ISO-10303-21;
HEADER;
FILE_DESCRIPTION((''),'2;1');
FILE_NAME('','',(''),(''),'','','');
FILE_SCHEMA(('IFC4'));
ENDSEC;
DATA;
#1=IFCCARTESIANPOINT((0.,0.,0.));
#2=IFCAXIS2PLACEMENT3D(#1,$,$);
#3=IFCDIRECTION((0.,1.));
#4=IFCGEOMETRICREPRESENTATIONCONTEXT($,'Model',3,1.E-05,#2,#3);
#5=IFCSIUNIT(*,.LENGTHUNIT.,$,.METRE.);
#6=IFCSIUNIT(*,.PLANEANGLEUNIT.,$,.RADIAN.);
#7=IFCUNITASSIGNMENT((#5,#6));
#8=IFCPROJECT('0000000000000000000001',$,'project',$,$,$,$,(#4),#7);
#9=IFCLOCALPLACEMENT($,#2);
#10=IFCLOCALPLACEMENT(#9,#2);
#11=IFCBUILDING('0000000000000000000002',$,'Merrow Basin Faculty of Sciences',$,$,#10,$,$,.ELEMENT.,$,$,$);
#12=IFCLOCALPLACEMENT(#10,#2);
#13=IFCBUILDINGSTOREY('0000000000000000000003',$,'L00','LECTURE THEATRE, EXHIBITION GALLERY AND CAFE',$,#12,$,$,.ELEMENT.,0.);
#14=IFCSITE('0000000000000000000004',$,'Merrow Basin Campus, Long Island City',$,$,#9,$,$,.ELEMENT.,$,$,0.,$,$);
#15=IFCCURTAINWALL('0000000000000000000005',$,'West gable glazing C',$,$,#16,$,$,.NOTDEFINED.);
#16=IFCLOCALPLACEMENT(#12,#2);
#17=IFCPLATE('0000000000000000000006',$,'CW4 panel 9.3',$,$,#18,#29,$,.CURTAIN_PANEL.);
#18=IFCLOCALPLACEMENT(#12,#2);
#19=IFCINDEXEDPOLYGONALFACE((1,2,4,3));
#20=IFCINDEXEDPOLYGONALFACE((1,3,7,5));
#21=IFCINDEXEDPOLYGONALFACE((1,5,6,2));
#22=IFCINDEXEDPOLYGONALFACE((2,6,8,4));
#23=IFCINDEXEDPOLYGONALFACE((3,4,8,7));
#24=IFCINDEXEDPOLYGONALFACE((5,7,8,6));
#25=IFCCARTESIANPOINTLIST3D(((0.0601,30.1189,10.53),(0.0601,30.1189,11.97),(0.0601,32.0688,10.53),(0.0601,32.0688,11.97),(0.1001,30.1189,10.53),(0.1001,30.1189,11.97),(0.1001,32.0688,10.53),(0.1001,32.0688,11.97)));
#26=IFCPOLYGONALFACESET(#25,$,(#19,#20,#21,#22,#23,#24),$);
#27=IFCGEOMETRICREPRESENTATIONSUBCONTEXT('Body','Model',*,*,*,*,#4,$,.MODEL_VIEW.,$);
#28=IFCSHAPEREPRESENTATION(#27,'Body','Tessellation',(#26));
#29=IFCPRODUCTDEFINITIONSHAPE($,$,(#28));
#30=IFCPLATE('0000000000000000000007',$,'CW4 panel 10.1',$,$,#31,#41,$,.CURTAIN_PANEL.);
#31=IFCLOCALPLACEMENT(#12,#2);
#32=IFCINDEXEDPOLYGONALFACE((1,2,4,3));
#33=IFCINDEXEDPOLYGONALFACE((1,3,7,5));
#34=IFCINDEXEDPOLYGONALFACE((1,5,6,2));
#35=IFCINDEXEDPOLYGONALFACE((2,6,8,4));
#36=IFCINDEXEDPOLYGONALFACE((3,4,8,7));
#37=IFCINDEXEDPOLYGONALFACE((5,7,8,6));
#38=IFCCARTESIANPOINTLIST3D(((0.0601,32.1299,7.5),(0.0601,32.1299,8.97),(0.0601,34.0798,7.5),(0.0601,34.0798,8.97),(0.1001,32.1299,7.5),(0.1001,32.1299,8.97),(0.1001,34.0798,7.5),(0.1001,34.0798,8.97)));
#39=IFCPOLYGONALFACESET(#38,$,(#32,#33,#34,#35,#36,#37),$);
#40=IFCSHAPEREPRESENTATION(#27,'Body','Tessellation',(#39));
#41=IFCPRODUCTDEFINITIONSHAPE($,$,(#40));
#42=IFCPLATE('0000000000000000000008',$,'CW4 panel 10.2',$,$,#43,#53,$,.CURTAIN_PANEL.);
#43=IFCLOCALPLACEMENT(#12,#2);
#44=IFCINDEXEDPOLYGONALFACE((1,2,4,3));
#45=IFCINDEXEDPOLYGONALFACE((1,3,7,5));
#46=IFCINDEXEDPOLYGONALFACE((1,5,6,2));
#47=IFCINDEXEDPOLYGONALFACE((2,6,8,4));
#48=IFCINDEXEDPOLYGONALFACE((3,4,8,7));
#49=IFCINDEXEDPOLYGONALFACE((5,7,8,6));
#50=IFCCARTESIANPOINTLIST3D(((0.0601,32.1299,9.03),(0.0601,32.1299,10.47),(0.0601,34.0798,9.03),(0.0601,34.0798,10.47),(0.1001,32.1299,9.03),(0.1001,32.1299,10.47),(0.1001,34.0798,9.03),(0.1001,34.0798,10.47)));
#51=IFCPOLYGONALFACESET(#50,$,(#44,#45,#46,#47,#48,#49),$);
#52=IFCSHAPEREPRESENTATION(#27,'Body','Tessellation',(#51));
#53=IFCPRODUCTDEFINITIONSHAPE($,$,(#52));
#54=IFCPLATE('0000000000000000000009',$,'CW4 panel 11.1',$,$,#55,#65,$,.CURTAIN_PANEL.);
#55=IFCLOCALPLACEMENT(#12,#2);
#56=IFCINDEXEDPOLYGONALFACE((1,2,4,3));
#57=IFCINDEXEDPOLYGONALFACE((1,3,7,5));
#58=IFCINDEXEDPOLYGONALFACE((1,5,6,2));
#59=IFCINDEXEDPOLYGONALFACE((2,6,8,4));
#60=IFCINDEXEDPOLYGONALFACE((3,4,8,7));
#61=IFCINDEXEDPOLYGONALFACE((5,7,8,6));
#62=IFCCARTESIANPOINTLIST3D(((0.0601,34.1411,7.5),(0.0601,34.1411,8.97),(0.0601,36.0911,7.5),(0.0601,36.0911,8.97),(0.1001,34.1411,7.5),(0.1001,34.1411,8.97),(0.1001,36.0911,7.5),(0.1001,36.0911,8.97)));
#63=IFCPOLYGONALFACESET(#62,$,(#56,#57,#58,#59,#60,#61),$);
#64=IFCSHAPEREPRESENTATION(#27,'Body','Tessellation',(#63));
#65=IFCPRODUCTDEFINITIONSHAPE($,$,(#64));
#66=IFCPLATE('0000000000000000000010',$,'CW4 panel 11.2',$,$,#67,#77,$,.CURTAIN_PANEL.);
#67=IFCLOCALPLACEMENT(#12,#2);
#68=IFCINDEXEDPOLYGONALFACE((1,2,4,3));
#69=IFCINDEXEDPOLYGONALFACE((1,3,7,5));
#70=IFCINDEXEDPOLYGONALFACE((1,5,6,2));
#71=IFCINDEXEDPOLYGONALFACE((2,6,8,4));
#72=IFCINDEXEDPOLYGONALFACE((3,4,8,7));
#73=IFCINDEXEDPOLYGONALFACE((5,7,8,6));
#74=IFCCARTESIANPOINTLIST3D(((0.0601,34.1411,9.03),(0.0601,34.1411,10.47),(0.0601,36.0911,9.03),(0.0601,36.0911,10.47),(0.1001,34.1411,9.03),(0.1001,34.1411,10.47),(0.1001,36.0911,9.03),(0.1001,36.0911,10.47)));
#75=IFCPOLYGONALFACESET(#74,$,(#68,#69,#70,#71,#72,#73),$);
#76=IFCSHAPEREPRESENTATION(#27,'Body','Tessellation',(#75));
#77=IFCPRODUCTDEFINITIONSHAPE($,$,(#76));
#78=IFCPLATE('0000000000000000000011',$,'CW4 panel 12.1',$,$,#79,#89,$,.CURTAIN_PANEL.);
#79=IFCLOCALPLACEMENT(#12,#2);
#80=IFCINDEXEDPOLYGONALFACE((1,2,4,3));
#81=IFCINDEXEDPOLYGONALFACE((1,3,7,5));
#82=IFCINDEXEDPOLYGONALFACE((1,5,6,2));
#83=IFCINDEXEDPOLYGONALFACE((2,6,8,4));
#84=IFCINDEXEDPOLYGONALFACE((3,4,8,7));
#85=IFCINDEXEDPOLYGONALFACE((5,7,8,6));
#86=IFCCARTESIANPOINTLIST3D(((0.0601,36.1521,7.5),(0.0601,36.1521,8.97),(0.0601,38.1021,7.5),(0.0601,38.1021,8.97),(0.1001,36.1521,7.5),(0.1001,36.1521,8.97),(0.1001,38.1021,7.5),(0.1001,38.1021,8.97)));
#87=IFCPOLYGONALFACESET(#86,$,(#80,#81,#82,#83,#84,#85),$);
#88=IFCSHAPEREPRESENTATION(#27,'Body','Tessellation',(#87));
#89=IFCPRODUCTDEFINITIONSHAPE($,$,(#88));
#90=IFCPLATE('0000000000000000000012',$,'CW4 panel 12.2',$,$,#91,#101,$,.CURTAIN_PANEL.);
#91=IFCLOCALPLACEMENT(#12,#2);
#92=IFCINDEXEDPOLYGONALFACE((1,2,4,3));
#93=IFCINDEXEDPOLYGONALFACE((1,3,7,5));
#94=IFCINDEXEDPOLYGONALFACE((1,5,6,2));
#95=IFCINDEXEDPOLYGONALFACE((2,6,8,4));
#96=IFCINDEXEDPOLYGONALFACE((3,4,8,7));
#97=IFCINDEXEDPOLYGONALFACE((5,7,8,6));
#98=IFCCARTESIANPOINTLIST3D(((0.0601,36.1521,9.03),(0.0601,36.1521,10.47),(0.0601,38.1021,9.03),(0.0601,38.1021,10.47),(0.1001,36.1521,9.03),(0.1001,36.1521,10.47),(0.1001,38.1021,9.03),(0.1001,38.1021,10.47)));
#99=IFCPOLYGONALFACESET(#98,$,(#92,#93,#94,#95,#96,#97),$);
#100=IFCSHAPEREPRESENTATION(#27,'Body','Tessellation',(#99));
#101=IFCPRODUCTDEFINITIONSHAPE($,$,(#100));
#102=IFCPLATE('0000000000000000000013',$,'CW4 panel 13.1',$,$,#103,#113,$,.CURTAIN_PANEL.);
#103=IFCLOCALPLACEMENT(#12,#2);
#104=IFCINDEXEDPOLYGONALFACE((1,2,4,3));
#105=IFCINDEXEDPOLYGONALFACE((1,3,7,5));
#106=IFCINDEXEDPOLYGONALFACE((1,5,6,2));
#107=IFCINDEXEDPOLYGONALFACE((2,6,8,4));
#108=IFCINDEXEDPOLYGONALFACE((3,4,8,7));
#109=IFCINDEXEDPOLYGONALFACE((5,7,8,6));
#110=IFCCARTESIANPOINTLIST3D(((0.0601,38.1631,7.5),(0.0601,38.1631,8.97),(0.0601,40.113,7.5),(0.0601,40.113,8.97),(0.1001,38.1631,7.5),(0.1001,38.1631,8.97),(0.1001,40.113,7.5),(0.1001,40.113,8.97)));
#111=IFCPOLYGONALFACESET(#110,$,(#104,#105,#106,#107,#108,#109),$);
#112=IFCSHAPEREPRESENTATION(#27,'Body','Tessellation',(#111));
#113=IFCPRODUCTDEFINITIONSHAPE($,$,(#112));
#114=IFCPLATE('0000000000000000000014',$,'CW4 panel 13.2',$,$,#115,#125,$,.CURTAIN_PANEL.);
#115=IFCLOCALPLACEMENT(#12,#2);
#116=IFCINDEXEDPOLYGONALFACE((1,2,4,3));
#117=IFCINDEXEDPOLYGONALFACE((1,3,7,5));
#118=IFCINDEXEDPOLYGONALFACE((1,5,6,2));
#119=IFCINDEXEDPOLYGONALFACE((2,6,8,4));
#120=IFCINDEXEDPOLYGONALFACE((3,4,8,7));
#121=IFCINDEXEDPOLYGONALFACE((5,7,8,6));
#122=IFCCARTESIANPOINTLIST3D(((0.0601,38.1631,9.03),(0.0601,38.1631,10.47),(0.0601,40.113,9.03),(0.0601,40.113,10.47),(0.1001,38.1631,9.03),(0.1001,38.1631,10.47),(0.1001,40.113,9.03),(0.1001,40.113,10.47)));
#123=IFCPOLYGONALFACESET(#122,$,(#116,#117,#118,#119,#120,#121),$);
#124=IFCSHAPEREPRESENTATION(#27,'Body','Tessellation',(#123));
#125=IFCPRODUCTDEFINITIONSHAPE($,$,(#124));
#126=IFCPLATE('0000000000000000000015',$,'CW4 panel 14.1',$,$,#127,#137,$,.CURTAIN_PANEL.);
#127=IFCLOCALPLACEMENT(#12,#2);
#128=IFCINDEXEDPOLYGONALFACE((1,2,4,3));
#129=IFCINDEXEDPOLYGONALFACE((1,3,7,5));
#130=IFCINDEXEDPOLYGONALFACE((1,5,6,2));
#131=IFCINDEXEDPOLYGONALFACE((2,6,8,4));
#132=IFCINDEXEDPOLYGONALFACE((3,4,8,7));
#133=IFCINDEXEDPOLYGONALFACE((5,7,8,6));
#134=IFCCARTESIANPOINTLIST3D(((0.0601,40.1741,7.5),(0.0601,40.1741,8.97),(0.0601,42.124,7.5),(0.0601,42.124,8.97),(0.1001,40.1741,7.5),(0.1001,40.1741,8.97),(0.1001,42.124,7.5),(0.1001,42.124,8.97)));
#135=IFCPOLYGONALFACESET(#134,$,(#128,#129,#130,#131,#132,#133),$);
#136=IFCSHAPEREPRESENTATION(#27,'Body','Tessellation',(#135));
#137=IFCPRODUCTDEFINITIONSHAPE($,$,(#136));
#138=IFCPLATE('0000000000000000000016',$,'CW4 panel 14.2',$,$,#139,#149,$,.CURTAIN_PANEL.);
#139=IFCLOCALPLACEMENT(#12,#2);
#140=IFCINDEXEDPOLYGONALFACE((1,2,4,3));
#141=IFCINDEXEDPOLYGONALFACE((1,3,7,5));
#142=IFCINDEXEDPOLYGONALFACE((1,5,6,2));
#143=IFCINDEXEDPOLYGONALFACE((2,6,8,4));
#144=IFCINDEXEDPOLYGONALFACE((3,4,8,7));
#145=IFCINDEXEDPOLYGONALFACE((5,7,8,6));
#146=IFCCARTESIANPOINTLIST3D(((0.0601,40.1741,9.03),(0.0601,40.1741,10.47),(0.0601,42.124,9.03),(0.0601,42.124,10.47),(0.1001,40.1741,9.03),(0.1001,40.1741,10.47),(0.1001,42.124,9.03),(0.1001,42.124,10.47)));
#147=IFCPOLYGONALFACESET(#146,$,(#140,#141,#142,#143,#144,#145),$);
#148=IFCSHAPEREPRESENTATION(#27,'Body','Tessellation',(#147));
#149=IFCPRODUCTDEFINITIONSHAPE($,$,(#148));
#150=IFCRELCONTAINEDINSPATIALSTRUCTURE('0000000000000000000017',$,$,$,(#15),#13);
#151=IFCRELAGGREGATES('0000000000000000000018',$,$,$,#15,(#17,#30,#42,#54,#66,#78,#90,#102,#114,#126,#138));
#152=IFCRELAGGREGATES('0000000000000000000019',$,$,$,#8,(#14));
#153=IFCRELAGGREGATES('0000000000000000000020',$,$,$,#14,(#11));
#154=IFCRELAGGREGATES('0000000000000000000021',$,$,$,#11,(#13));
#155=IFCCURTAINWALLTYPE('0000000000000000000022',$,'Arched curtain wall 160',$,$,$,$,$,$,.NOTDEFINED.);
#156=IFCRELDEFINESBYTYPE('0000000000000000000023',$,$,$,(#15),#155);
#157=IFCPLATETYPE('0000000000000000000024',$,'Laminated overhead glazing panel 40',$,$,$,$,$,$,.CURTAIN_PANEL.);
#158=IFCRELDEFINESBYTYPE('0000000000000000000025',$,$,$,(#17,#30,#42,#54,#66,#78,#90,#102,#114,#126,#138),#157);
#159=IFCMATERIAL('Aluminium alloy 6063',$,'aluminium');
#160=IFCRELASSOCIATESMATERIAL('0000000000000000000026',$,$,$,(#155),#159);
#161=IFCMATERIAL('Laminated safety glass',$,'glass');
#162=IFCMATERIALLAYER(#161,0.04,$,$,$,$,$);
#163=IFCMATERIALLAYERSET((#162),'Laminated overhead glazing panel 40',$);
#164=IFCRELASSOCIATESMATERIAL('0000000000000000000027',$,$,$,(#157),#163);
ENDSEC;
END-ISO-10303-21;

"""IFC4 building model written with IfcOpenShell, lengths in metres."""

from ifc_helpers import new_model, si_unit, direction, frame, origin, place, context, subcontext, project, spatial, polyline, outline, extrude, material, layer, layer_set, type_object, element, aggregate, save


model = new_model("IFC4")

# Units and contexts
model_context = context("Model", 3, precision=1e-05, world=origin(), true_north=direction((0.0, 1.0)))
body_context = subcontext(model_context, "Body", "Model", "MODEL_VIEW")
ifc_project = project(units=[si_unit("LENGTHUNIT", "METRE"), si_unit("PLANEANGLEUNIT", "RADIAN")], contexts=[model_context])

# Site, building, storey
site_placement = place(None, origin())
site = spatial("IfcSite", under=ifc_project, at=site_placement, Name="Merrow Basin Campus, Long Island City", CompositionType="ELEMENT", RefElevation=0.0)
building_placement = place(site_placement, origin())
building = spatial("IfcBuilding", under=site, at=building_placement, Name="Merrow Basin Faculty of Sciences", CompositionType="ELEMENT")
storey_placement = place(building_placement, origin())
storey = spatial("IfcBuildingStorey", under=building, at=storey_placement, Name="L00", Description="LECTURE THEATRE, EXHIBITION GALLERY AND CAFE", CompositionType="ELEMENT", Elevation=0.0)

# Curtain wall, plates
ifc_material_1 = material(Name="Aluminium alloy 6063", Category="aluminium")
curtain_wall_type = type_object("IfcCurtainWallType", Name="Arched curtain wall 160", PredefinedType="NOTDEFINED", material=ifc_material_1)
curtain_wall_placement = place(storey_placement, origin())
curtain_wall = element("IfcCurtainWall", 1, at=curtain_wall_placement, inside=storey, type_object=curtain_wall_type, Name="West gable glazing C", PredefinedType="NOTDEFINED")
ifc_material_2 = material(Name="Laminated safety glass", Category="glass")
ifc_layer = layer(ifc_material_2, 0.04)
ifc_layer_set = layer_set([ifc_layer], Name="Laminated overhead glazing panel 40")
plate_type = type_object("IfcPlateType", Name="Laminated overhead glazing panel 40", PredefinedType="CURTAIN_PANEL", material=ifc_layer_set)
plate_1_placement = place(storey_placement, frame((0.0601, 30.1189, 10.53), z_axis=(1.0, 0.0, 0.0), x_axis=(0.0, 1.0, 0.0)))
plate_1 = element("IfcPlate", 2, at=plate_1_placement, type_object=plate_type, Name="CW4 panel 9.3", PredefinedType="CURTAIN_PANEL", context=body_context, shape_type="SweptSolid", body=[
    extrude(outline(polyline([(0.0, 0.0), (1.95, 0.0), (1.95, 1.4399), (0.0, 1.4399), (0.0, 0.0)])), origin(), (0.0, 0.0, 1.0), 0.04),
])
plate_2_placement = place(storey_placement, frame((0.0601, 32.1299, 7.5), z_axis=(1.0, 0.0, 0.0), x_axis=(0.0, 1.0, 0.0)))
plate_2 = element("IfcPlate", 3, at=plate_2_placement, type_object=plate_type, Name="CW4 panel 10.1", PredefinedType="CURTAIN_PANEL", context=body_context, shape_type="SweptSolid", body=[
    extrude(outline(polyline([(0.0, 0.0), (1.95, 0.0), (1.95, 1.47), (0.0, 1.47), (0.0, 0.0)])), origin(), (0.0, 0.0, 1.0), 0.04),
])
plate_3_placement = place(storey_placement, frame((0.0601, 32.1299, 9.03), z_axis=(1.0, 0.0, 0.0), x_axis=(0.0, 1.0, 0.0)))
plate_3 = element("IfcPlate", 4, at=plate_3_placement, type_object=plate_type, Name="CW4 panel 10.2", PredefinedType="CURTAIN_PANEL", context=body_context, shape_type="SweptSolid", body=[
    extrude(outline(polyline([(0.0, 0.0), (1.95, 0.0), (1.95, 1.4399), (0.0, 1.4399), (0.0, 0.0)])), origin(), (0.0, 0.0, 1.0), 0.04),
])
plate_4_placement = place(storey_placement, frame((0.0601, 34.1411, 7.5), z_axis=(1.0, 0.0, 0.0), x_axis=(0.0, 1.0, 0.0)))
plate_4 = element("IfcPlate", 5, at=plate_4_placement, type_object=plate_type, Name="CW4 panel 11.1", PredefinedType="CURTAIN_PANEL", context=body_context, shape_type="SweptSolid", body=[
    extrude(outline(polyline([(0.0, 0.0), (1.95, 0.0), (1.95, 1.47), (0.0, 1.47), (0.0, 0.0)])), origin(), (0.0, 0.0, 1.0), 0.04),
])
plate_5_placement = place(storey_placement, frame((0.0601, 34.1411, 9.03), z_axis=(1.0, 0.0, 0.0), x_axis=(0.0, 1.0, 0.0)))
plate_5 = element("IfcPlate", 6, at=plate_5_placement, type_object=plate_type, Name="CW4 panel 11.2", PredefinedType="CURTAIN_PANEL", context=body_context, shape_type="SweptSolid", body=[
    extrude(outline(polyline([(0.0, 0.0), (1.95, 0.0), (1.95, 1.4399), (0.0, 1.4399), (0.0, 0.0)])), origin(), (0.0, 0.0, 1.0), 0.04),
])
plate_6_placement = place(storey_placement, frame((0.0601, 36.1521, 7.5), z_axis=(1.0, 0.0, 0.0), x_axis=(0.0, 1.0, 0.0)))
plate_6 = element("IfcPlate", 7, at=plate_6_placement, type_object=plate_type, Name="CW4 panel 12.1", PredefinedType="CURTAIN_PANEL", context=body_context, shape_type="SweptSolid", body=[
    extrude(outline(polyline([(0.0, 0.0), (1.95, 0.0), (1.95, 1.47), (0.0, 1.47), (0.0, 0.0)])), origin(), (0.0, 0.0, 1.0), 0.04),
])
plate_7_placement = place(storey_placement, frame((0.0601, 36.1521, 9.03), z_axis=(1.0, 0.0, 0.0), x_axis=(0.0, 1.0, 0.0)))
plate_7 = element("IfcPlate", 8, at=plate_7_placement, type_object=plate_type, Name="CW4 panel 12.2", PredefinedType="CURTAIN_PANEL", context=body_context, shape_type="SweptSolid", body=[
    extrude(outline(polyline([(0.0, 0.0), (1.95, 0.0), (1.95, 1.4399), (0.0, 1.4399), (0.0, 0.0)])), origin(), (0.0, 0.0, 1.0), 0.04),
])
plate_8_placement = place(storey_placement, frame((0.0601, 38.1631, 7.5), z_axis=(1.0, 0.0, 0.0), x_axis=(0.0, 1.0, 0.0)))
plate_8 = element("IfcPlate", 9, at=plate_8_placement, type_object=plate_type, Name="CW4 panel 13.1", PredefinedType="CURTAIN_PANEL", context=body_context, shape_type="SweptSolid", body=[
    extrude(outline(polyline([(0.0, 0.0), (1.95, 0.0), (1.95, 1.47), (0.0, 1.47), (0.0, 0.0)])), origin(), (0.0, 0.0, 1.0), 0.04),
])
plate_9_placement = place(storey_placement, frame((0.0601, 38.1631, 9.03), z_axis=(1.0, 0.0, 0.0), x_axis=(0.0, 1.0, 0.0)))
plate_9 = element("IfcPlate", 10, at=plate_9_placement, type_object=plate_type, Name="CW4 panel 13.2", PredefinedType="CURTAIN_PANEL", context=body_context, shape_type="SweptSolid", body=[
    extrude(outline(polyline([(0.0, 0.0), (1.95, 0.0), (1.95, 1.4399), (0.0, 1.4399), (0.0, 0.0)])), origin(), (0.0, 0.0, 1.0), 0.04),
])
plate_10_placement = place(storey_placement, frame((0.0601, 40.1741, 7.5), z_axis=(1.0, 0.0, 0.0), x_axis=(0.0, 1.0, 0.0)))
plate_10 = element("IfcPlate", 11, at=plate_10_placement, type_object=plate_type, Name="CW4 panel 14.1", PredefinedType="CURTAIN_PANEL", context=body_context, shape_type="SweptSolid", body=[
    extrude(outline(polyline([(0.0, 0.0), (1.95, 0.0), (1.95, 1.47), (0.0, 1.47), (0.0, 0.0)])), origin(), (0.0, 0.0, 1.0), 0.04),
])
plate_11_placement = place(storey_placement, frame((0.0601, 40.1741, 9.03), z_axis=(1.0, 0.0, 0.0), x_axis=(0.0, 1.0, 0.0)))
plate_11 = element("IfcPlate", 12, at=plate_11_placement, type_object=plate_type, Name="CW4 panel 14.2", PredefinedType="CURTAIN_PANEL", context=body_context, shape_type="SweptSolid", body=[
    extrude(outline(polyline([(0.0, 0.0), (1.95, 0.0), (1.95, 1.4399), (0.0, 1.4399), (0.0, 0.0)])), origin(), (0.0, 0.0, 1.0), 0.04),
])
aggregate(curtain_wall, [plate_1, plate_2, plate_3, plate_4, plate_5, plate_6, plate_7, plate_8, plate_9, plate_10, plate_11])

save(model, "model.ifc")
